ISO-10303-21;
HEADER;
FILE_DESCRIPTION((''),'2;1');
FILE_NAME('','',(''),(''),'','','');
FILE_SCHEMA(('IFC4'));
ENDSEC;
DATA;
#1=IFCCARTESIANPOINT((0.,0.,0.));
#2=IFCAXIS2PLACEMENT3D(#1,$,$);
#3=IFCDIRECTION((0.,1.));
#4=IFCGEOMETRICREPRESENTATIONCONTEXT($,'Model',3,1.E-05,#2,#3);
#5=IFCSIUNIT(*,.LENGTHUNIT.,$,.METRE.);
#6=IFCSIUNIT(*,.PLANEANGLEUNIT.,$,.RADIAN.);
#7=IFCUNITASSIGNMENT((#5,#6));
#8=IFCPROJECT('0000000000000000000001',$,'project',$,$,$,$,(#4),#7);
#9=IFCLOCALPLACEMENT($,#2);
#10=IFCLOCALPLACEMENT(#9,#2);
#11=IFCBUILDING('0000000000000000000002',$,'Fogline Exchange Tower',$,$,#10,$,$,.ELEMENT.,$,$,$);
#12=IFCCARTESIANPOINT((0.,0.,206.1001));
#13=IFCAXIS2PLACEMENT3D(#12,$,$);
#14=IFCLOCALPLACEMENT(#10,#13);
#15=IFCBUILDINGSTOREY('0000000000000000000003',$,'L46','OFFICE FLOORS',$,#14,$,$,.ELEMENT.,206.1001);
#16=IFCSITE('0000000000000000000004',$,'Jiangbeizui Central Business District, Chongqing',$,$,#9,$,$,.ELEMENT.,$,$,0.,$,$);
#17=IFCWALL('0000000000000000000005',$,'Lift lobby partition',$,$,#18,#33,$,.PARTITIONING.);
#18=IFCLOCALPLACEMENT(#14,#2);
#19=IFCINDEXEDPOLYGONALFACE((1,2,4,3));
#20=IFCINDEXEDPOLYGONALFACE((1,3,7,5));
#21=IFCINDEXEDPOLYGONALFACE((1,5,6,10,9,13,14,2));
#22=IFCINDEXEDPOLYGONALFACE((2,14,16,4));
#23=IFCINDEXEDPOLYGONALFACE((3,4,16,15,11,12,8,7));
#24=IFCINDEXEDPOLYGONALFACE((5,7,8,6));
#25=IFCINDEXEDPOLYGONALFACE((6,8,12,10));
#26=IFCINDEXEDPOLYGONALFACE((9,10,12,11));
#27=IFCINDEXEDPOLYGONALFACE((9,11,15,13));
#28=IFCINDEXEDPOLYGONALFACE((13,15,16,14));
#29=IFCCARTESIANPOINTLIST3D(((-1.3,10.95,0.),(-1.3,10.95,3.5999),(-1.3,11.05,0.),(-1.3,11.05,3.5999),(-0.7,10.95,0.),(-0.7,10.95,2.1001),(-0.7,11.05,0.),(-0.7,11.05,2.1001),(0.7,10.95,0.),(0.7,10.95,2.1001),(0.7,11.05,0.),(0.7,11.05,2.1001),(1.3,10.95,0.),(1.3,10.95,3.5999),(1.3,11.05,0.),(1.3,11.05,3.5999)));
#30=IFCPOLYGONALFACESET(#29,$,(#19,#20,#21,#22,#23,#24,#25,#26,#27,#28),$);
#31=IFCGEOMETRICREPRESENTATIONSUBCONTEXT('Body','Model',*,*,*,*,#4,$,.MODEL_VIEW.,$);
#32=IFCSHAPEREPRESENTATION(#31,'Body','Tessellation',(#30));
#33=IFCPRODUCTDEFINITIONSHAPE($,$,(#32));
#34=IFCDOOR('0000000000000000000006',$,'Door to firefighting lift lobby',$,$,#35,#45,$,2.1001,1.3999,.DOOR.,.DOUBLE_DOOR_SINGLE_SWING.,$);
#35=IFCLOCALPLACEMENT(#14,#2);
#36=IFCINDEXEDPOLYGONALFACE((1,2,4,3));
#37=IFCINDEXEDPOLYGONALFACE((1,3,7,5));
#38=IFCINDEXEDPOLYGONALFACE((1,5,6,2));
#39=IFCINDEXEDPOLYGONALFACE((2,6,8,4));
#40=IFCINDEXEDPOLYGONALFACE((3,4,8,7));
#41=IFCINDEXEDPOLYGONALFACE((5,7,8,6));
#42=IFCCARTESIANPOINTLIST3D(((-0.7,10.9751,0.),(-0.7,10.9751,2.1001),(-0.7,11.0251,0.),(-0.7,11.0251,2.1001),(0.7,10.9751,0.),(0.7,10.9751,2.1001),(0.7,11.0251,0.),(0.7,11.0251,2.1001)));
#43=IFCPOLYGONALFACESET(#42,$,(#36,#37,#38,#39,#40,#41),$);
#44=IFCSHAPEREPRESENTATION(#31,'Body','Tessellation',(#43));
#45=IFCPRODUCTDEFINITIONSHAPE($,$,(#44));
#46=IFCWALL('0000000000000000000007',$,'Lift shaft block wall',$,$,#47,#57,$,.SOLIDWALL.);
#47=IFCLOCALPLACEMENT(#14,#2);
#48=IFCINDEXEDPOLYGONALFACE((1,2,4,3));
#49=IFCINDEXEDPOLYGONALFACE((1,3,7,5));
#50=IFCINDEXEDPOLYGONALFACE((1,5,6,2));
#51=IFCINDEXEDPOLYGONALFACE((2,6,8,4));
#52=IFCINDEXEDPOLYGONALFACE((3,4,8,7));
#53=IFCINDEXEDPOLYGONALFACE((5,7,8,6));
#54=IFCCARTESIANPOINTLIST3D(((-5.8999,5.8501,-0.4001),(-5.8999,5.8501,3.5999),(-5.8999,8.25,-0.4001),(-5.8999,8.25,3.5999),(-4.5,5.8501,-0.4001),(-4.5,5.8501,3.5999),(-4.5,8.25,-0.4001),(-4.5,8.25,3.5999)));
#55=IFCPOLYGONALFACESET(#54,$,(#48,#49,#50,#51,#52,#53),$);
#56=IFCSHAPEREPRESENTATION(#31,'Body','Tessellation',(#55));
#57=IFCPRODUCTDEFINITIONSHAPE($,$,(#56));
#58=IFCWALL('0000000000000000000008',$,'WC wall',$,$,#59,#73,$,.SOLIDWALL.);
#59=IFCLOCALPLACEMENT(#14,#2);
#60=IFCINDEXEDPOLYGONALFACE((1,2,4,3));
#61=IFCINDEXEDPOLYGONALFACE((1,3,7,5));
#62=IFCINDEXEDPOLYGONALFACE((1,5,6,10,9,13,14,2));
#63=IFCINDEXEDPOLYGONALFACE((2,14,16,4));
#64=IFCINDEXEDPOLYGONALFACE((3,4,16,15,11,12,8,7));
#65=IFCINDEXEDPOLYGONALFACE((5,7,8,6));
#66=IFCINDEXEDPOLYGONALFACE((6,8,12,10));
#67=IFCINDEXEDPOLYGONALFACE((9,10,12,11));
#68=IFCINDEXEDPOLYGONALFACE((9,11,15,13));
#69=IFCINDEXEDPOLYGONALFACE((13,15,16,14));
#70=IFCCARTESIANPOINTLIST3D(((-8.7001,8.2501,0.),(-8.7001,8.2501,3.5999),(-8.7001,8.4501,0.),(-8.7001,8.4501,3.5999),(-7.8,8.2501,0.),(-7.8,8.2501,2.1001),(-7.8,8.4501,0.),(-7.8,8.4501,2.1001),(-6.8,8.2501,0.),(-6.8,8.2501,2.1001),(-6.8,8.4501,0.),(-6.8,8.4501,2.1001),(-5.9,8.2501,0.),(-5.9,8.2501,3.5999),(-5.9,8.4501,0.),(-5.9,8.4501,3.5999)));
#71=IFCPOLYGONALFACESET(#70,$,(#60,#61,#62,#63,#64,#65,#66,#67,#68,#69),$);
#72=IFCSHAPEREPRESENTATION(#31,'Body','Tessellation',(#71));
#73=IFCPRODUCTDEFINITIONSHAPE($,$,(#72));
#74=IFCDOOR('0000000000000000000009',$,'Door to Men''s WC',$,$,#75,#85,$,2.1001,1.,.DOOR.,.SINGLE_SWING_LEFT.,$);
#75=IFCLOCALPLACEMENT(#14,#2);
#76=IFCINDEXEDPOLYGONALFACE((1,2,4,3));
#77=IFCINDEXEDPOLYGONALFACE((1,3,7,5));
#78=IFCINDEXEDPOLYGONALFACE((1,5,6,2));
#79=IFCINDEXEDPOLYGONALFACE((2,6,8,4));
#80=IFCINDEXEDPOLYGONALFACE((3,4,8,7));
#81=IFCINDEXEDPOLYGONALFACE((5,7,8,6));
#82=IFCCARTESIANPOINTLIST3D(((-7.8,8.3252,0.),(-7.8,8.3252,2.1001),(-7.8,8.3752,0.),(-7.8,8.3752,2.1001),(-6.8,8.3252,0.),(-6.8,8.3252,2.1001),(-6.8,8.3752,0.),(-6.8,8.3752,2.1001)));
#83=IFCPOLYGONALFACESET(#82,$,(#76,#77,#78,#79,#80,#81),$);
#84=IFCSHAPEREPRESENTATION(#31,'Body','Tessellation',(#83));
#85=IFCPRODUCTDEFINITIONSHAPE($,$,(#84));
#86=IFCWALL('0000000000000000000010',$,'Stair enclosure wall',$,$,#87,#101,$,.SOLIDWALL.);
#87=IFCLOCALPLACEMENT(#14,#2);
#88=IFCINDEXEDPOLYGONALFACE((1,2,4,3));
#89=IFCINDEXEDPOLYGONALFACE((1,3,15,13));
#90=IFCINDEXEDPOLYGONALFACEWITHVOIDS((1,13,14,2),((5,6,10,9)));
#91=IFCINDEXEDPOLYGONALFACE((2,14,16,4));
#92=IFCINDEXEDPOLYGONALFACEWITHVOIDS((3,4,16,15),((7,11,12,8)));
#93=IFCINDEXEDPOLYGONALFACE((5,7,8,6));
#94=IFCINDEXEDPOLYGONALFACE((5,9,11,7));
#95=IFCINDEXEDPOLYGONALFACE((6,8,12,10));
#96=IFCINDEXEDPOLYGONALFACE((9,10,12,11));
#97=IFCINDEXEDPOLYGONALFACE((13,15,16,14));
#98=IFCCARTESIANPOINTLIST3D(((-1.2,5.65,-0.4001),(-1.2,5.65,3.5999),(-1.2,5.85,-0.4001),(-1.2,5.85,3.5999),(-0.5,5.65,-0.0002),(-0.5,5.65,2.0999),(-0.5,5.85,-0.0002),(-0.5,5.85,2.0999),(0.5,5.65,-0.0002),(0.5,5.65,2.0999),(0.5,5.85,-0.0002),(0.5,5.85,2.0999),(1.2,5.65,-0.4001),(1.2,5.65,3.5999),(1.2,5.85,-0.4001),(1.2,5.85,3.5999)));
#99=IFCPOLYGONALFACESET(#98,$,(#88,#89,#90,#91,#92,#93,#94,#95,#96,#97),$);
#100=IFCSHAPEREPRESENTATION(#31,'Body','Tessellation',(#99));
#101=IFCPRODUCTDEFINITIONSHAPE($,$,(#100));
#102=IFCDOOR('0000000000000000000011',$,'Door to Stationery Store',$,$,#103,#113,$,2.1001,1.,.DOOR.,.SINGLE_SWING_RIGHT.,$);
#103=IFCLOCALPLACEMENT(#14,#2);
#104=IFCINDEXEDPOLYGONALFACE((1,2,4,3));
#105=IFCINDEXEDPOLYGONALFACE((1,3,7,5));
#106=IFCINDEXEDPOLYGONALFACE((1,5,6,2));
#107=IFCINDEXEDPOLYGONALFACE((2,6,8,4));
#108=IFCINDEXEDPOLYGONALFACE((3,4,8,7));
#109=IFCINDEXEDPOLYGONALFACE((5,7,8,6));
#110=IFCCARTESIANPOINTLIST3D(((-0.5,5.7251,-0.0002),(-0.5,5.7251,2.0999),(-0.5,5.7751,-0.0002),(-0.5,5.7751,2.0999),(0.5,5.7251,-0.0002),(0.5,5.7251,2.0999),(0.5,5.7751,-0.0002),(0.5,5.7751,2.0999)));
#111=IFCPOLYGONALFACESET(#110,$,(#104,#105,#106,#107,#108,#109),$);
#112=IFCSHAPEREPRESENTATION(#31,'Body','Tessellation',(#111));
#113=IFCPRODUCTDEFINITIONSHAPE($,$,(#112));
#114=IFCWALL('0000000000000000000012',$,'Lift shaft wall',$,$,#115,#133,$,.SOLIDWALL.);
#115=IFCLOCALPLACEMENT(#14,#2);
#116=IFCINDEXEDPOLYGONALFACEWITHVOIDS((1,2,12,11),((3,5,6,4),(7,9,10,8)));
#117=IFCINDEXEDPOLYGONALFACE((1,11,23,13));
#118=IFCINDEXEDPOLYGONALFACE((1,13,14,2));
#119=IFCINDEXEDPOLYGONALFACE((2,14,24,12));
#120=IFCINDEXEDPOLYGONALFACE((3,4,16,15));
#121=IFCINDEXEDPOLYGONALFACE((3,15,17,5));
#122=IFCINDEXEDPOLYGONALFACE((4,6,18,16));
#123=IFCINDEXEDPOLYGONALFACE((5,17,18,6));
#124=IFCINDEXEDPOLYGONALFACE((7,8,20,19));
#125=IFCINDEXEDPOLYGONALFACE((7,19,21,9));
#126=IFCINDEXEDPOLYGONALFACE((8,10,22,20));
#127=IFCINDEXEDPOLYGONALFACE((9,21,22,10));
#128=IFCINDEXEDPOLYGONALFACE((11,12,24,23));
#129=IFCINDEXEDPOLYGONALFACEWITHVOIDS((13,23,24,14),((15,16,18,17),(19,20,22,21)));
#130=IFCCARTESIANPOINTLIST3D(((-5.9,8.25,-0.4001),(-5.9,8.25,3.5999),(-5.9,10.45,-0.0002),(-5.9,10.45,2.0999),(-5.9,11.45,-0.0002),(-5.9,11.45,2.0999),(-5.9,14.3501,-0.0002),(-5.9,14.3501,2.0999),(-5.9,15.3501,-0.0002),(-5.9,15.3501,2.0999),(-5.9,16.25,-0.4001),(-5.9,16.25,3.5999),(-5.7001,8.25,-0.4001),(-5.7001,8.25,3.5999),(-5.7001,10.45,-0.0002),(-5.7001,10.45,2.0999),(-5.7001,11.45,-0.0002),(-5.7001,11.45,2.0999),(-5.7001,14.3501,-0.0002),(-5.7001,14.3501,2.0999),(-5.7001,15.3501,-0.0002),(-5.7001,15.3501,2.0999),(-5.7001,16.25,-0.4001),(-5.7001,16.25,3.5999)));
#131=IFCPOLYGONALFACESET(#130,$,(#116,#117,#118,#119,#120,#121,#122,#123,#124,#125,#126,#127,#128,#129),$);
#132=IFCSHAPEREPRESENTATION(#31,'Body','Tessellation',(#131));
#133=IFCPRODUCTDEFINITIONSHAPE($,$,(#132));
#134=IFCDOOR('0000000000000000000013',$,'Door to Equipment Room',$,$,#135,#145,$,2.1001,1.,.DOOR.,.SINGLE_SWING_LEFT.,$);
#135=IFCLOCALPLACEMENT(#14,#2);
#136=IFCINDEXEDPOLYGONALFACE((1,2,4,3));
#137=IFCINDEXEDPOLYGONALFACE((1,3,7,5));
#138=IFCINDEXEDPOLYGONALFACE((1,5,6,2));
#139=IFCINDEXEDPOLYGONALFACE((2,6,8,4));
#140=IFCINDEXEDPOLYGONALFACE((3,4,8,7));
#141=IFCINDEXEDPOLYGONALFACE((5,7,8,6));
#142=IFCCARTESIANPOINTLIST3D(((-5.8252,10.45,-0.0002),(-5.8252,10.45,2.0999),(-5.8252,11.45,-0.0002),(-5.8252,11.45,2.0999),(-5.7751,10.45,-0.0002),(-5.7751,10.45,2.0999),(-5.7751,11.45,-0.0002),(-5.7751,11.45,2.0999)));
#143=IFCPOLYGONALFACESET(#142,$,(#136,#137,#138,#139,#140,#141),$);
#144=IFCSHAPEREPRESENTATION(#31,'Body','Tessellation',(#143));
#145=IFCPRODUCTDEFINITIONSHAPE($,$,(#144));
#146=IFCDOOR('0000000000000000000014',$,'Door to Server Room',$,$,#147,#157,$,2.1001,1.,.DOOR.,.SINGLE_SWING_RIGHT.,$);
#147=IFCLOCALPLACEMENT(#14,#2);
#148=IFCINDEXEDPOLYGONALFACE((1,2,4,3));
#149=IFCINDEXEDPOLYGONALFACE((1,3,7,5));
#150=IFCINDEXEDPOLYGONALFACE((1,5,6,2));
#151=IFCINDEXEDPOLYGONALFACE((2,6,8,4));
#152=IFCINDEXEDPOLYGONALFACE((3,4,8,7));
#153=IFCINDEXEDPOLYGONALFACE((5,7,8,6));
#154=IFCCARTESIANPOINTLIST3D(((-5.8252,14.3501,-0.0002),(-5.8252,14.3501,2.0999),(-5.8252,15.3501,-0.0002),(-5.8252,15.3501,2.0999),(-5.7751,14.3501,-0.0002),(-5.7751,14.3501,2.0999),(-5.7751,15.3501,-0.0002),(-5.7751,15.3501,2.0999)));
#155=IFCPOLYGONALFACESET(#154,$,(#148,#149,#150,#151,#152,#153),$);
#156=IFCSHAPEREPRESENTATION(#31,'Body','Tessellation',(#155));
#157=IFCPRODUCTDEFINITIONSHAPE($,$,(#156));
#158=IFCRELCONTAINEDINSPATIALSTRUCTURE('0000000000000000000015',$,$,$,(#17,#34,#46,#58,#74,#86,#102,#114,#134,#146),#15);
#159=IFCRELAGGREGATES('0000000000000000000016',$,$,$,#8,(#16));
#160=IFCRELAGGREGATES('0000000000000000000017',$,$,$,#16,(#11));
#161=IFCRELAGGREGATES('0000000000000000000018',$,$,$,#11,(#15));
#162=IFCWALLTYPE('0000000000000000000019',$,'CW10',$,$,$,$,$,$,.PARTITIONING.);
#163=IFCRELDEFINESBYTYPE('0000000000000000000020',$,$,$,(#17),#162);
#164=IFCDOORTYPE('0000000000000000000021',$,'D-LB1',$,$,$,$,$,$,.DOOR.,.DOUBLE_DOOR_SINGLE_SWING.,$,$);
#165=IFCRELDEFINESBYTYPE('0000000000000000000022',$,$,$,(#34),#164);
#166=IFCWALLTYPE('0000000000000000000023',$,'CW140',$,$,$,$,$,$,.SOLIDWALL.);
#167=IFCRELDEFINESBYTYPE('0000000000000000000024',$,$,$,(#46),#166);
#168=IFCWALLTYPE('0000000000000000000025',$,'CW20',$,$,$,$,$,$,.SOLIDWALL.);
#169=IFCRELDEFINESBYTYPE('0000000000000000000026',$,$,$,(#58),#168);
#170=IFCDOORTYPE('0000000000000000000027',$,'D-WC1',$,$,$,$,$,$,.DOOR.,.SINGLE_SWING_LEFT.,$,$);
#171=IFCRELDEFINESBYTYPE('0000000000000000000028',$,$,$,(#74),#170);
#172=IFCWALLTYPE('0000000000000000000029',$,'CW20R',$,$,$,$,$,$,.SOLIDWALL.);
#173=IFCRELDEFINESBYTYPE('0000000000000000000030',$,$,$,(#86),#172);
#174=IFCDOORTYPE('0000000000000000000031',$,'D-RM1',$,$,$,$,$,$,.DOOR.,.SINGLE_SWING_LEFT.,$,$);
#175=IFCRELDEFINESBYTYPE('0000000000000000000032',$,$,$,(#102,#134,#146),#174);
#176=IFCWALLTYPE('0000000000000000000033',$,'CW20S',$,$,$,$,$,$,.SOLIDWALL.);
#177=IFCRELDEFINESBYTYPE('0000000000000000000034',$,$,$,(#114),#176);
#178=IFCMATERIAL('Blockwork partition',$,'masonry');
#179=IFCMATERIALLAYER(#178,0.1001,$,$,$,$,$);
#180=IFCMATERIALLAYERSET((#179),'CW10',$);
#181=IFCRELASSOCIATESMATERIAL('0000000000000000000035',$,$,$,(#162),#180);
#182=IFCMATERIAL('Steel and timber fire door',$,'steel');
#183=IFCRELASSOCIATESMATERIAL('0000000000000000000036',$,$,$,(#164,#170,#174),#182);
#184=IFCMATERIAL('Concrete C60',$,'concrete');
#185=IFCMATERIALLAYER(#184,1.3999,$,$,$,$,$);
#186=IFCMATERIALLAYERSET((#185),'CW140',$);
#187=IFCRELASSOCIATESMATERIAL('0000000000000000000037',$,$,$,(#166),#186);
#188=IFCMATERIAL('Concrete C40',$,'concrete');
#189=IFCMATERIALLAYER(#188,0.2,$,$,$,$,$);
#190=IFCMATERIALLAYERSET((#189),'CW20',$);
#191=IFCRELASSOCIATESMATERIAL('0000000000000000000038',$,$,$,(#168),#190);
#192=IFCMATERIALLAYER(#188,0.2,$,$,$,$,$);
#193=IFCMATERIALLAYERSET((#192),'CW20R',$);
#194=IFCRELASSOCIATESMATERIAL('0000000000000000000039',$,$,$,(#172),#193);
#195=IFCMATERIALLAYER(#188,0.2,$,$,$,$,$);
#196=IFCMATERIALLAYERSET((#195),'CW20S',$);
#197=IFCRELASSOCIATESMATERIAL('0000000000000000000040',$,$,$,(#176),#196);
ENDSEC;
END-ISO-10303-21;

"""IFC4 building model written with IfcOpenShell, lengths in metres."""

from ifc_helpers import new_model, si_unit, direction, frame, frame_2d, origin, place, context, subcontext, project, spatial, rectangle, extrude, material, layer, layer_set, type_object, element, fill, save


model = new_model("IFC4")

# Units and contexts
model_context = context("Model", 3, precision=1e-05, world=origin(), true_north=direction((0.0, 1.0)))
body_context = subcontext(model_context, "Body", "Model", "MODEL_VIEW")
ifc_project = project(units=[si_unit("LENGTHUNIT", "METRE"), si_unit("PLANEANGLEUNIT", "RADIAN")], contexts=[model_context])

# Site, building, storey
site_placement = place(None, origin())
site = spatial("IfcSite", under=ifc_project, at=site_placement, Name="Jiangbeizui Central Business District, Chongqing", CompositionType="ELEMENT", RefElevation=0.0)
building_placement = place(site_placement, origin())
building = spatial("IfcBuilding", under=site, at=building_placement, Name="Fogline Exchange Tower", CompositionType="ELEMENT")
storey_placement = place(building_placement, frame((0.0, 0.0, 206.1001)))
storey = spatial("IfcBuildingStorey", under=building, at=storey_placement, Name="L46", Description="OFFICE FLOORS", CompositionType="ELEMENT", Elevation=206.1001)

# Wall, opening, door
ifc_material_1 = material(Name="Blockwork partition", Category="masonry")
ifc_layer_1 = layer(ifc_material_1, 0.1001)
ifc_layer_set_1 = layer_set([ifc_layer_1], Name="CW10")
wall_type_1 = type_object("IfcWallType", Name="CW10", PredefinedType="PARTITIONING", material=ifc_layer_set_1)
wall_1_placement = place(storey_placement, frame((-1.3, 11.0, 0.0), z_axis=(0.0, 0.0, 1.0), x_axis=(1.0, 0.0, 0.0)))
wall_1 = element("IfcWall", 1, at=wall_1_placement, inside=storey, type_object=wall_type_1, Name="Lift lobby partition", PredefinedType="PARTITIONING", context=body_context, shape_type="SweptSolid", body=[
    extrude(rectangle(XDim=2.6001, YDim=0.1001, at=frame_2d((1.3, 0.0))), origin(), (0.0, 0.0, 1.0), 3.5999),
])
opening_1_placement = place(wall_1_placement, frame((0.6001, 0.0, 0.0)))
opening_1 = element("IfcOpeningElement", 2, at=opening_1_placement, cuts=wall_1, PredefinedType="OPENING", context=body_context, shape_type="SweptSolid", body=[
    extrude(rectangle(XDim=1.3999, YDim=2.1001, at=frame_2d((0.7, 1.05))), frame((0.0, 0.0601, 0.0), z_axis=(0.0, -1.0, 0.0), x_axis=(1.0, 0.0, 0.0)), (0.0, 0.0, 1.0), 0.1201),
])
ifc_material_2 = material(Name="Steel and timber fire door", Category="steel")
door_type_1 = type_object("IfcDoorType", Name="D-LB1", OperationType="DOUBLE_DOOR_SINGLE_SWING", PredefinedType="DOOR", material=ifc_material_2)
door_1_placement = place(opening_1_placement, frame((1.3999, 0.0, 0.0), z_axis=(0.0, 0.0, 1.0), x_axis=(-1.0, 0.0, 0.0)))
door_1 = element("IfcDoor", 3, at=door_1_placement, inside=storey, type_object=door_type_1, Name="Door to firefighting lift lobby", OperationType="DOUBLE_DOOR_SINGLE_SWING", OverallHeight=2.1001, OverallWidth=1.3999, PredefinedType="DOOR", context=body_context, shape_type="SweptSolid", body=[
    extrude(rectangle(XDim=1.3999, YDim=2.1001, at=frame_2d((0.7, 1.05))), frame((0.0, 0.0249, 0.0), z_axis=(0.0, -1.0, 0.0), x_axis=(1.0, 0.0, 0.0)), (0.0, 0.0, 1.0), 0.05),
])
fill(opening_1, door_1)

# Wall
ifc_material_3 = material(Name="Concrete C60", Category="concrete")
ifc_layer_2 = layer(ifc_material_3, 1.3999)
ifc_layer_set_2 = layer_set([ifc_layer_2], Name="CW140")
wall_type_2 = type_object("IfcWallType", Name="CW140", PredefinedType="SOLIDWALL", material=ifc_layer_set_2)
wall_2_placement = place(storey_placement, frame((-5.2, 5.8501, -0.4001), z_axis=(0.0, 0.0, 1.0), x_axis=(0.0, 1.0, 0.0)))
element("IfcWall", 4, at=wall_2_placement, inside=storey, type_object=wall_type_2, Name="Lift shaft block wall", PredefinedType="SOLIDWALL", context=body_context, shape_type="SweptSolid", body=[
    extrude(rectangle(XDim=2.3999, YDim=1.3999, at=frame_2d((1.2, 0.0))), origin(), (0.0, 0.0, 1.0), 4.0),
])

# Walls, openings, doors
ifc_material_4 = material(Name="Concrete C40", Category="concrete")
ifc_layer_3 = layer(ifc_material_4, 0.2)
ifc_layer_set_3 = layer_set([ifc_layer_3], Name="CW20")
wall_type_3 = type_object("IfcWallType", Name="CW20", PredefinedType="SOLIDWALL", material=ifc_layer_set_3)
wall_3_placement = place(storey_placement, frame((-8.7, 8.3501, 0.0), z_axis=(0.0, 0.0, 1.0), x_axis=(1.0, 0.0, 0.0)))
wall_3 = element("IfcWall", 5, at=wall_3_placement, inside=storey, type_object=wall_type_3, Name="WC wall", PredefinedType="SOLIDWALL", context=body_context, shape_type="SweptSolid", body=[
    extrude(rectangle(XDim=2.8, YDim=0.2, at=frame_2d((1.3999, 0.0))), origin(), (0.0, 0.0, 1.0), 3.5999),
])
opening_2_placement = place(wall_3_placement, frame((0.8999, 0.0, 0.0)))
opening_2 = element("IfcOpeningElement", 6, at=opening_2_placement, cuts=wall_3, PredefinedType="OPENING", context=body_context, shape_type="SweptSolid", body=[
    extrude(rectangle(XDim=1.0, YDim=2.1001, at=frame_2d((0.5, 1.05))), frame((0.0, 0.1099, 0.0), z_axis=(0.0, -1.0, 0.0), x_axis=(1.0, 0.0, 0.0)), (0.0, 0.0, 1.0), 0.22),
])
door_type_2 = type_object("IfcDoorType", Name="D-WC1", OperationType="SINGLE_SWING_LEFT", PredefinedType="DOOR", material=ifc_material_2)
door_2_placement = place(opening_2_placement, frame((1.0, 0.0, 0.0), z_axis=(0.0, 0.0, 1.0), x_axis=(-1.0, 0.0, 0.0)))
door_2 = element("IfcDoor", 7, at=door_2_placement, inside=storey, type_object=door_type_2, Name="Door to Men's WC", OperationType="SINGLE_SWING_LEFT", OverallHeight=2.1001, OverallWidth=1.0, PredefinedType="DOOR", context=body_context, shape_type="SweptSolid", body=[
    extrude(rectangle(XDim=1.0, YDim=2.1001, at=frame_2d((0.5, 1.05))), frame((0.0, 0.0249, 0.0), z_axis=(0.0, -1.0, 0.0), x_axis=(1.0, 0.0, 0.0)), (0.0, 0.0, 1.0), 0.05),
])
fill(opening_2, door_2)
ifc_layer_4 = layer(ifc_material_4, 0.2)
ifc_layer_set_4 = layer_set([ifc_layer_4], Name="CW20R")
wall_type_4 = type_object("IfcWallType", Name="CW20R", PredefinedType="SOLIDWALL", material=ifc_layer_set_4)
wall_4_placement = place(storey_placement, frame((-1.2, 5.75, -0.4001), z_axis=(0.0, 0.0, 1.0), x_axis=(1.0, 0.0, 0.0)))
wall_4 = element("IfcWall", 8, at=wall_4_placement, inside=storey, type_object=wall_type_4, Name="Stair enclosure wall", PredefinedType="SOLIDWALL", context=body_context, shape_type="SweptSolid", body=[
    extrude(rectangle(XDim=2.3999, YDim=0.2, at=frame_2d((1.2, 0.0))), origin(), (0.0, 0.0, 1.0), 4.0),
])
opening_3_placement = place(wall_4_placement, frame((0.7, 0.0, 0.3999)))
opening_3 = element("IfcOpeningElement", 9, at=opening_3_placement, cuts=wall_4, PredefinedType="OPENING", context=body_context, shape_type="SweptSolid", body=[
    extrude(rectangle(XDim=1.0, YDim=2.1001, at=frame_2d((0.5, 1.05))), frame((0.0, 0.1099, 0.0), z_axis=(0.0, -1.0, 0.0), x_axis=(1.0, 0.0, 0.0)), (0.0, 0.0, 1.0), 0.22),
])
door_type_3 = type_object("IfcDoorType", Name="D-RM1", OperationType="SINGLE_SWING_LEFT", PredefinedType="DOOR", material=ifc_material_2)
door_3_placement = place(opening_3_placement, frame((1.0, 0.0, 0.0), z_axis=(0.0, 0.0, 1.0), x_axis=(-1.0, 0.0, 0.0)))
door_3 = element("IfcDoor", 10, at=door_3_placement, inside=storey, type_object=door_type_3, Name="Door to Stationery Store", OperationType="SINGLE_SWING_RIGHT", OverallHeight=2.1001, OverallWidth=1.0, PredefinedType="DOOR", context=body_context, shape_type="SweptSolid", body=[
    extrude(rectangle(XDim=1.0, YDim=2.1001, at=frame_2d((0.5, 1.05))), frame((0.0, 0.0249, 0.0), z_axis=(0.0, -1.0, 0.0), x_axis=(1.0, 0.0, 0.0)), (0.0, 0.0, 1.0), 0.05),
])
fill(opening_3, door_3)

# Wall, openings, doors
ifc_layer_5 = layer(ifc_material_4, 0.2)
ifc_layer_set_5 = layer_set([ifc_layer_5], Name="CW20S")
wall_type_5 = type_object("IfcWallType", Name="CW20S", PredefinedType="SOLIDWALL", material=ifc_layer_set_5)
wall_5_placement = place(storey_placement, frame((-5.8, 8.25, -0.4001), z_axis=(0.0, 0.0, 1.0), x_axis=(0.0, 1.0, 0.0)))
wall_5 = element("IfcWall", 11, at=wall_5_placement, inside=storey, type_object=wall_type_5, Name="Lift shaft wall", PredefinedType="SOLIDWALL", context=body_context, shape_type="SweptSolid", body=[
    extrude(rectangle(XDim=8.0, YDim=0.2, at=frame_2d((4.0, 0.0))), origin(), (0.0, 0.0, 1.0), 4.0),
])
opening_4_placement = place(wall_5_placement, frame((2.2, 0.0, 0.3999)))
opening_4 = element("IfcOpeningElement", 12, at=opening_4_placement, cuts=wall_5, PredefinedType="OPENING", context=body_context, shape_type="SweptSolid", body=[
    extrude(rectangle(XDim=1.0, YDim=2.1001, at=frame_2d((0.5, 1.05))), frame((0.0, 0.1099, 0.0), z_axis=(0.0, -1.0, 0.0), x_axis=(1.0, 0.0, 0.0)), (0.0, 0.0, 1.0), 0.22),
])
opening_5_placement = place(wall_5_placement, frame((6.1001, 0.0, 0.3999)))
opening_5 = element("IfcOpeningElement", 13, at=opening_5_placement, cuts=wall_5, PredefinedType="OPENING", context=body_context, shape_type="SweptSolid", body=[
    extrude(rectangle(XDim=1.0, YDim=2.1001, at=frame_2d((0.5, 1.05))), frame((0.0, 0.1099, 0.0), z_axis=(0.0, -1.0, 0.0), x_axis=(1.0, 0.0, 0.0)), (0.0, 0.0, 1.0), 0.22),
])
door_4_placement = place(opening_4_placement, frame((1.0, 0.0, 0.0), z_axis=(0.0, 0.0, 1.0), x_axis=(-1.0, 0.0, 0.0)))
door_4 = element("IfcDoor", 14, at=door_4_placement, inside=storey, type_object=door_type_3, Name="Door to Equipment Room", OperationType="SINGLE_SWING_LEFT", OverallHeight=2.1001, OverallWidth=1.0, PredefinedType="DOOR", context=body_context, shape_type="SweptSolid", body=[
    extrude(rectangle(XDim=1.0, YDim=2.1001, at=frame_2d((0.5, 1.05))), frame((0.0, 0.0249, 0.0), z_axis=(0.0, -1.0, 0.0), x_axis=(1.0, 0.0, 0.0)), (0.0, 0.0, 1.0), 0.05),
])
fill(opening_4, door_4)
door_5_placement = place(opening_5_placement, frame((1.0, 0.0, 0.0), z_axis=(0.0, 0.0, 1.0), x_axis=(-1.0, 0.0, 0.0)))
door_5 = element("IfcDoor", 15, at=door_5_placement, inside=storey, type_object=door_type_3, Name="Door to Server Room", OperationType="SINGLE_SWING_RIGHT", OverallHeight=2.1001, OverallWidth=1.0, PredefinedType="DOOR", context=body_context, shape_type="SweptSolid", body=[
    extrude(rectangle(XDim=1.0, YDim=2.1001, at=frame_2d((0.5, 1.05))), frame((0.0, 0.0249, 0.0), z_axis=(0.0, -1.0, 0.0), x_axis=(1.0, 0.0, 0.0)), (0.0, 0.0, 1.0), 0.05),
])
fill(opening_5, door_5)

save(model, "model.ifc")
